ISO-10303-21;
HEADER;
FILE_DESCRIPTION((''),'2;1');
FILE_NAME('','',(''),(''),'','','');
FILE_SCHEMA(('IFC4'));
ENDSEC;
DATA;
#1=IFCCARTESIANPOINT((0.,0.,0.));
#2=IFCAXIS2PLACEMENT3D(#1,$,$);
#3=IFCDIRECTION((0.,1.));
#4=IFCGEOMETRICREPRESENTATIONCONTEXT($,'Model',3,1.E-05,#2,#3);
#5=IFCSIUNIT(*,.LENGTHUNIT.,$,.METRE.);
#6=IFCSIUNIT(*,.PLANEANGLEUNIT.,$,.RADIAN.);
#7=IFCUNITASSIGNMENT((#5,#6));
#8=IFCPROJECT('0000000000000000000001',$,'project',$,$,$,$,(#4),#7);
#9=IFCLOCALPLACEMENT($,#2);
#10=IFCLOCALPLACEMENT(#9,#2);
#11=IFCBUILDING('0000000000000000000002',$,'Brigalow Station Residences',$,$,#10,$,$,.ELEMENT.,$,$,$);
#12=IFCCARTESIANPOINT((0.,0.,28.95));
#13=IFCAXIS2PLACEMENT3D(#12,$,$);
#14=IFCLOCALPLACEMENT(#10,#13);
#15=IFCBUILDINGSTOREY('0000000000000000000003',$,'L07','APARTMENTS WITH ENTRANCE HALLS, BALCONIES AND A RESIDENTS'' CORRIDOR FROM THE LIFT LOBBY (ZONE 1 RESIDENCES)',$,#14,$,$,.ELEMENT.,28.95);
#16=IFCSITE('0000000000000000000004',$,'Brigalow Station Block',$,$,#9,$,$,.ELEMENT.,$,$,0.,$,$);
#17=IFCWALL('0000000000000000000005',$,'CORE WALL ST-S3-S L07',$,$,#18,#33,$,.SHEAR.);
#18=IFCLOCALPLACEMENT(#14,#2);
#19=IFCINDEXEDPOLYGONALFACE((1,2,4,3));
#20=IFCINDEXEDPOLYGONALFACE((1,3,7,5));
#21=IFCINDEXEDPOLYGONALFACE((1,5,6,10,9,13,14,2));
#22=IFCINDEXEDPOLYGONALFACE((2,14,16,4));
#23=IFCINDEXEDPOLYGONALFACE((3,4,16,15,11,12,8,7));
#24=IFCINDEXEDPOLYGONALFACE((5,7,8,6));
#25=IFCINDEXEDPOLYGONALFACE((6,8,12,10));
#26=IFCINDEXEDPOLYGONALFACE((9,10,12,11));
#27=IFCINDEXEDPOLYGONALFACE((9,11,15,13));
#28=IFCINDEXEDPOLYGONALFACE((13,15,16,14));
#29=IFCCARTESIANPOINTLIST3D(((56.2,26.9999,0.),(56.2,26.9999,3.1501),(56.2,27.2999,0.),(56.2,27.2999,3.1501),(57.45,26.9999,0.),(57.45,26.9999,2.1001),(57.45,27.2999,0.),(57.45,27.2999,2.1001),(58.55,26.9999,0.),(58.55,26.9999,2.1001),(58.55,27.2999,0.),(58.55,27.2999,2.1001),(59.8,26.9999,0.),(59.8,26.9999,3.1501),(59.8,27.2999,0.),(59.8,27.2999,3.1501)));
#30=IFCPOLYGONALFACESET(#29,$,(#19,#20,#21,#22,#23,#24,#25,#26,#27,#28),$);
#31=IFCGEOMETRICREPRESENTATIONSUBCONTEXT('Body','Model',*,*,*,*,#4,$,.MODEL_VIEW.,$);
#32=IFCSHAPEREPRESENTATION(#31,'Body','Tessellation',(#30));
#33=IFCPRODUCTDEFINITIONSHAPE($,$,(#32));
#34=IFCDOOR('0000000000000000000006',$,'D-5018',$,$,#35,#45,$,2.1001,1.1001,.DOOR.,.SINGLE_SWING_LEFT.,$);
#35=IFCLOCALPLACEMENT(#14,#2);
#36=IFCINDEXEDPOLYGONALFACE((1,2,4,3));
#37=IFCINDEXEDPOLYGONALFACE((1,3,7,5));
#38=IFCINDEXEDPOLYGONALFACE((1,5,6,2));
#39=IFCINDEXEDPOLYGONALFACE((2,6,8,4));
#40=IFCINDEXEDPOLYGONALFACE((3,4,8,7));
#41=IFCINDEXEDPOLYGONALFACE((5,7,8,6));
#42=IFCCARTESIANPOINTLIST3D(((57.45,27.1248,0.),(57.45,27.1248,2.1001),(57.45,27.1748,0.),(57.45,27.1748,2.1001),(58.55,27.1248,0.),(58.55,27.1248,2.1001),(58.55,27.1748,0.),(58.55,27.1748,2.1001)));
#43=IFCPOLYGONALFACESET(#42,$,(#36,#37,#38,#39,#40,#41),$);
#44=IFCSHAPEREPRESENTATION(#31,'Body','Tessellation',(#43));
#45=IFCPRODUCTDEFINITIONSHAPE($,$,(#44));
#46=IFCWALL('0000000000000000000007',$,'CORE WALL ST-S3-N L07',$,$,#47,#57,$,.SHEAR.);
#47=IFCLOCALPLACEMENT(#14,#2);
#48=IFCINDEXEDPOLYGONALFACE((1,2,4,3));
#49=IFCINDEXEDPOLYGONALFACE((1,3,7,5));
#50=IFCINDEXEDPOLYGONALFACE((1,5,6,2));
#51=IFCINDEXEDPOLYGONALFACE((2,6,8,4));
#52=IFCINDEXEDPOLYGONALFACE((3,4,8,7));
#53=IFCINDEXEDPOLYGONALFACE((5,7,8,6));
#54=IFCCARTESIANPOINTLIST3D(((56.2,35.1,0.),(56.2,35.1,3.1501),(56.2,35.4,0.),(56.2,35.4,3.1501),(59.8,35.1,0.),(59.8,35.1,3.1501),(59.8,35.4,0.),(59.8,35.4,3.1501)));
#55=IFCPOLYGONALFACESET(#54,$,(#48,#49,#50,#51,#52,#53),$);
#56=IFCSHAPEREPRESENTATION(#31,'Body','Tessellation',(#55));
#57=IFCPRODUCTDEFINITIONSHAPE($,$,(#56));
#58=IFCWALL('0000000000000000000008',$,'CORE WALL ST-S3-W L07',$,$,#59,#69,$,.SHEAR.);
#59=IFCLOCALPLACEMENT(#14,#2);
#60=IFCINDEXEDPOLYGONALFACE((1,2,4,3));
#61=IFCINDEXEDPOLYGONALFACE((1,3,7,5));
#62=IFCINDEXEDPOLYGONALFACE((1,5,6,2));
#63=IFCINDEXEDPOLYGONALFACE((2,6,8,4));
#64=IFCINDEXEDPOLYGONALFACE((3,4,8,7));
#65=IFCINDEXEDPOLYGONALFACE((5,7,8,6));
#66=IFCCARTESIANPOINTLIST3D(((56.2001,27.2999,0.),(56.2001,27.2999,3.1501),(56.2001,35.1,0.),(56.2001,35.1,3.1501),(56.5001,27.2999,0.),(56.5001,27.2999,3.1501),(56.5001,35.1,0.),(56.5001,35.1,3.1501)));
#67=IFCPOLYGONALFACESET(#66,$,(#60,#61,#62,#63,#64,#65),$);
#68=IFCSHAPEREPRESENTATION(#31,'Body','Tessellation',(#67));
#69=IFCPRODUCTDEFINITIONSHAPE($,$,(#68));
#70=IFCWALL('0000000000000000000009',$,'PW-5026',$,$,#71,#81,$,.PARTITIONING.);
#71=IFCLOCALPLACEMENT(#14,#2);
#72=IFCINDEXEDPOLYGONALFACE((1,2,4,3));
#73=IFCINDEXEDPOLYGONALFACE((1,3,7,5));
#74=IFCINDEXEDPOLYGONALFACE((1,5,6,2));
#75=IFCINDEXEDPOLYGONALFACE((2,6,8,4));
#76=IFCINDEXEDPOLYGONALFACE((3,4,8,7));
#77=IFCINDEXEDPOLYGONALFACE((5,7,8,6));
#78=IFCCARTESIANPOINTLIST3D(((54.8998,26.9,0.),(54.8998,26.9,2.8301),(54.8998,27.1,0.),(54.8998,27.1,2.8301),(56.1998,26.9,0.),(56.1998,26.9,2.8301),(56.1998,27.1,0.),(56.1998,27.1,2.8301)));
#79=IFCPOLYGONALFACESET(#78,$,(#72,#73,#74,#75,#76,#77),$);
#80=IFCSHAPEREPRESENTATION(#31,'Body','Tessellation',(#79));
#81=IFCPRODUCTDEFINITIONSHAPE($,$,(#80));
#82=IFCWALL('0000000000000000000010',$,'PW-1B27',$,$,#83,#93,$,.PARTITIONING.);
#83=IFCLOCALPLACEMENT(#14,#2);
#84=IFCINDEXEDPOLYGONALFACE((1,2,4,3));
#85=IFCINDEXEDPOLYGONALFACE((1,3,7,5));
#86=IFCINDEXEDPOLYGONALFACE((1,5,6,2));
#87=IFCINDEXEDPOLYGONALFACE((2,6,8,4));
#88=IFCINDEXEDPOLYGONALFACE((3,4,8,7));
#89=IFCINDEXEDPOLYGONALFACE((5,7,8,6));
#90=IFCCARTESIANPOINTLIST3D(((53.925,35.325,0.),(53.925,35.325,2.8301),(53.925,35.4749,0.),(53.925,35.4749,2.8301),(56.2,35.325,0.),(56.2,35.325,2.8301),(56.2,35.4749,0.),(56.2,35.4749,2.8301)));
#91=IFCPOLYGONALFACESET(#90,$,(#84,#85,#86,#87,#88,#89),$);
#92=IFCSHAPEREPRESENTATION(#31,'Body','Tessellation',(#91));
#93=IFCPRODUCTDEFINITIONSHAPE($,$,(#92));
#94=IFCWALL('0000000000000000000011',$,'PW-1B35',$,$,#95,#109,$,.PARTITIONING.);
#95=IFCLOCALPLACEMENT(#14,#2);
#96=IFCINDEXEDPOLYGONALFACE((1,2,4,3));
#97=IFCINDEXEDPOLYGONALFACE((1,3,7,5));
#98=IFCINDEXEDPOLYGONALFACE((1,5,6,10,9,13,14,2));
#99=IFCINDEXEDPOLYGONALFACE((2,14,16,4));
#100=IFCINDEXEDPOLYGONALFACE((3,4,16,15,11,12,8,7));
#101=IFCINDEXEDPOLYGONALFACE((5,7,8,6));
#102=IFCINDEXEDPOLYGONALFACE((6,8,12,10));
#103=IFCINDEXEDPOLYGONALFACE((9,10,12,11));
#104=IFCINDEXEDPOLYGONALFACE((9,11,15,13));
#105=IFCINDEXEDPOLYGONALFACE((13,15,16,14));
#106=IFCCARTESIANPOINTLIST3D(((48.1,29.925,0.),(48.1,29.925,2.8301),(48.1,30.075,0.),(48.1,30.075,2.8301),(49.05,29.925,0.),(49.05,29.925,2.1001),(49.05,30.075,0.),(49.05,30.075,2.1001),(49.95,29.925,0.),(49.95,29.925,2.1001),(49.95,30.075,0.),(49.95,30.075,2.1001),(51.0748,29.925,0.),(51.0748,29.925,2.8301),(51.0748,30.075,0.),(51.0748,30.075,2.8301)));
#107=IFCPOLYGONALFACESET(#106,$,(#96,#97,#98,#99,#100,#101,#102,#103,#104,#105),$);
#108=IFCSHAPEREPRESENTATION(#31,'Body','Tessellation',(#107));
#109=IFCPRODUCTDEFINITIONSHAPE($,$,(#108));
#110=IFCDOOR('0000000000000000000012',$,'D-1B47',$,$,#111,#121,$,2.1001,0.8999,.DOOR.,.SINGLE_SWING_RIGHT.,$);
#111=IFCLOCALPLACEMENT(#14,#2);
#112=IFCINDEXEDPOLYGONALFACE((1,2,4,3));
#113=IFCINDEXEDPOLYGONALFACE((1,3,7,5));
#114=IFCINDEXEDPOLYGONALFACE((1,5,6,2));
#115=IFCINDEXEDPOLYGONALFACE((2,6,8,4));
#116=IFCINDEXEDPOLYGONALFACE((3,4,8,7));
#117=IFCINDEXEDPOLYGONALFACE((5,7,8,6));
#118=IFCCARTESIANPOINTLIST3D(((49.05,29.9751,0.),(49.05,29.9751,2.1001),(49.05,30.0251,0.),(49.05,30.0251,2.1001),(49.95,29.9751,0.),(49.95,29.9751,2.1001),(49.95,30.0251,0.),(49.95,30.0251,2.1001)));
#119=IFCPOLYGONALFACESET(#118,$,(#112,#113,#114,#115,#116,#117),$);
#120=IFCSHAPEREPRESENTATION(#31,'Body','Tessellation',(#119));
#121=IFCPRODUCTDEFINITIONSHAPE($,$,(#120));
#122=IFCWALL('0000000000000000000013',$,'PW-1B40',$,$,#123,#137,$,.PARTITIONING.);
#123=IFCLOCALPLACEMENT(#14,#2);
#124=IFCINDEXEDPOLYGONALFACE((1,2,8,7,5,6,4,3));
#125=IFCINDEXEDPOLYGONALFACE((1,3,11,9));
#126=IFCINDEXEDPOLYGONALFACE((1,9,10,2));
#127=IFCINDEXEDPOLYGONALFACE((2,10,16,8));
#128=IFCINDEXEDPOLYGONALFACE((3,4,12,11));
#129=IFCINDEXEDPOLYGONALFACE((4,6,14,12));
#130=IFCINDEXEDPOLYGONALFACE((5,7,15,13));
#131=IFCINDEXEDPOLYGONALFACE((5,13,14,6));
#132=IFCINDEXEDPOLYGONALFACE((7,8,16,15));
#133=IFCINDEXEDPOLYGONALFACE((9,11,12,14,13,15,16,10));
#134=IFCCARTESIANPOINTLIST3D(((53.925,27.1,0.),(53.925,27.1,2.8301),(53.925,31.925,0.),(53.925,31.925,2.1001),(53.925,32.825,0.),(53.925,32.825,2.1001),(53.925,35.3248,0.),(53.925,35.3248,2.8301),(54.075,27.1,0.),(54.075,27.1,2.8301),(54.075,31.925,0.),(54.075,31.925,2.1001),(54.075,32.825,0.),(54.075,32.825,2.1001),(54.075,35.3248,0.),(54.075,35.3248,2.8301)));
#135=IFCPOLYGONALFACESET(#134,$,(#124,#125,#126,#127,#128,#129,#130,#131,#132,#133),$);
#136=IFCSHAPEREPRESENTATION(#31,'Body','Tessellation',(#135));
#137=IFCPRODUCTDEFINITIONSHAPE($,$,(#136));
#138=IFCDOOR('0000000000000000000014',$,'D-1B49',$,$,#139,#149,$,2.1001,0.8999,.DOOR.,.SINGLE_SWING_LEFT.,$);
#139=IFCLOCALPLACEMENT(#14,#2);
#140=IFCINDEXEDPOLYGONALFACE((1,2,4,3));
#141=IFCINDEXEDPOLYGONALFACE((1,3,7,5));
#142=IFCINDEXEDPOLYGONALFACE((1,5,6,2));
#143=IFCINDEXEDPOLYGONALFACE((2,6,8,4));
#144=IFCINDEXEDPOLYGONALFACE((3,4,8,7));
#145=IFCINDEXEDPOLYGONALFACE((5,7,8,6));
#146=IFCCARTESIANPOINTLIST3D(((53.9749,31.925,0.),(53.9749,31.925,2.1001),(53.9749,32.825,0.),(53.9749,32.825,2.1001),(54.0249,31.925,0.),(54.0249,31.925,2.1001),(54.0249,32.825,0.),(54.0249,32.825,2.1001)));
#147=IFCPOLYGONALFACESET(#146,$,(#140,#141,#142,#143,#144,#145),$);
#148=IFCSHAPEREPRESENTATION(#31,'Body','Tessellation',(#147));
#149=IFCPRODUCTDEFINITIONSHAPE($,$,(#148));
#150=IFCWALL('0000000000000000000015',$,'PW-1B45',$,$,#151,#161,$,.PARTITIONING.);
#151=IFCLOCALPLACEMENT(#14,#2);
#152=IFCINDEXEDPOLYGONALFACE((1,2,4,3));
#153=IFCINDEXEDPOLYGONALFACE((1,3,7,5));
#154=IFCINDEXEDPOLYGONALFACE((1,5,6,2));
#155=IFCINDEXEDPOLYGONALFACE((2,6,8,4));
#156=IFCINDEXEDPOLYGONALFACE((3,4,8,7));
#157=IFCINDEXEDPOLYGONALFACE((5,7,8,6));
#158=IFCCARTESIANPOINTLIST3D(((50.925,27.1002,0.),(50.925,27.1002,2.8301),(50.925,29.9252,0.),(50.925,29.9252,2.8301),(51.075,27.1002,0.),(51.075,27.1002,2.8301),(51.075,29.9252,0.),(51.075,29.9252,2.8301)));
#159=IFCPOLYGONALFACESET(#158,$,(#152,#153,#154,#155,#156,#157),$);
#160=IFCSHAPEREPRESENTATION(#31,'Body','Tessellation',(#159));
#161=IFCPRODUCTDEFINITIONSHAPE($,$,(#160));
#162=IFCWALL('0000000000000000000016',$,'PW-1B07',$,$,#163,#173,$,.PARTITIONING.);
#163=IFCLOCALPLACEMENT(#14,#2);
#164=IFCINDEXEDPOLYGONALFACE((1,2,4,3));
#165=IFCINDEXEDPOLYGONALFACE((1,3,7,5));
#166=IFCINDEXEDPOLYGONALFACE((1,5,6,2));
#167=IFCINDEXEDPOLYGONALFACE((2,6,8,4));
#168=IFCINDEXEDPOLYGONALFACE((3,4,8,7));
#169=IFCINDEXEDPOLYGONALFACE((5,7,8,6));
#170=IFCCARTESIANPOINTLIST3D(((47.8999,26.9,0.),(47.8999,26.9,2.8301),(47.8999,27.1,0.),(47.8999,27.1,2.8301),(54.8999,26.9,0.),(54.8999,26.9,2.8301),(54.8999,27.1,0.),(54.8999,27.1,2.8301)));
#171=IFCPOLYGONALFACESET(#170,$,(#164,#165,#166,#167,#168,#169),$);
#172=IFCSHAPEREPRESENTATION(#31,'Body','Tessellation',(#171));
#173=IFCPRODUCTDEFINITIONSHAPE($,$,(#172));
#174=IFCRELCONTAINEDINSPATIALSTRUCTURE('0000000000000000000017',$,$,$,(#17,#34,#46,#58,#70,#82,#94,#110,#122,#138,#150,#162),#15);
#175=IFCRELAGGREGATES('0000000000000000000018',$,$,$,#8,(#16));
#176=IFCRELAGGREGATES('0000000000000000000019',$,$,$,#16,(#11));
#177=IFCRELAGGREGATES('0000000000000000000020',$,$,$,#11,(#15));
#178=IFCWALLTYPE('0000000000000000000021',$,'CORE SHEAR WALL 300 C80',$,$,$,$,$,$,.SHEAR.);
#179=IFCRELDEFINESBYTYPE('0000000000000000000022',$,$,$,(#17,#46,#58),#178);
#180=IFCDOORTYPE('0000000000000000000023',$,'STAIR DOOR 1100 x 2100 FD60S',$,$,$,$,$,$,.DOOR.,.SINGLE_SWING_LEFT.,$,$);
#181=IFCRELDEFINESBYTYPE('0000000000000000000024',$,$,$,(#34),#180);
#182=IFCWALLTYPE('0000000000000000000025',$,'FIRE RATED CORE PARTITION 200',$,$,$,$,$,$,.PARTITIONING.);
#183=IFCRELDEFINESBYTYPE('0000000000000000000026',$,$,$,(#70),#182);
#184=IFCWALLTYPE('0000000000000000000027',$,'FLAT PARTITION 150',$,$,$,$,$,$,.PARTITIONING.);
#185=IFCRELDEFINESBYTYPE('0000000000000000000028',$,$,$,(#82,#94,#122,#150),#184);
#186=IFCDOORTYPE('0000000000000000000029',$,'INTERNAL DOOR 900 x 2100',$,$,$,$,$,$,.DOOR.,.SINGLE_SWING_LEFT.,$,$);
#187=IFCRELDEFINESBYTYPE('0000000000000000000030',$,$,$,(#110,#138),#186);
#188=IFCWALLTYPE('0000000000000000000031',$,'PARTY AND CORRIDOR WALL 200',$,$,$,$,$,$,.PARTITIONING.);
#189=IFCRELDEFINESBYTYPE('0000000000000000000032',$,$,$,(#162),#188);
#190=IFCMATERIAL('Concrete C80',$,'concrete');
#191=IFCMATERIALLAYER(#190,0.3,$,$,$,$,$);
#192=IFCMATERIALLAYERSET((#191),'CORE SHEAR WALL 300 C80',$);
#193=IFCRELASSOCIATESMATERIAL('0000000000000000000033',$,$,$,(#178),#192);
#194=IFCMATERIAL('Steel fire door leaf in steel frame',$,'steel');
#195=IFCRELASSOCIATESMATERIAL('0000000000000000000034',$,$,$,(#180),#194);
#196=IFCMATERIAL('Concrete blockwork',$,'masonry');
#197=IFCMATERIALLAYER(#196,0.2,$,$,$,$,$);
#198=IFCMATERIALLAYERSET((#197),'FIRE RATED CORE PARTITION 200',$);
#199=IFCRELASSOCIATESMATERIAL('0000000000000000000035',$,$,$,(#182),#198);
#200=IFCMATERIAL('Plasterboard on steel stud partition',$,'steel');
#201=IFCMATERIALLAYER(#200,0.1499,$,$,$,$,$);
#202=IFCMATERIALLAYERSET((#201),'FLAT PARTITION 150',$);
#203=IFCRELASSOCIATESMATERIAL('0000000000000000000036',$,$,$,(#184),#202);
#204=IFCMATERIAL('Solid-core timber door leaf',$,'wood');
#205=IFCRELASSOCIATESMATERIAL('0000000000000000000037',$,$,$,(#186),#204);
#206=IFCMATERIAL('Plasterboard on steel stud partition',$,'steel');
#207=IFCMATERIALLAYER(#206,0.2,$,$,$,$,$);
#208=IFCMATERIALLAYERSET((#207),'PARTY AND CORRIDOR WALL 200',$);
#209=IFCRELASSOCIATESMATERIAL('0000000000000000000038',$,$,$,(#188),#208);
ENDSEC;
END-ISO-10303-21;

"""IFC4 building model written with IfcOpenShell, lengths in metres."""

from ifc_helpers import new_model, si_unit, direction, frame, frame_2d, origin, place, context, subcontext, project, spatial, rectangle, extrude, material, layer, layer_set, type_object, element, fill, save


model = new_model("IFC4")

# Units and contexts
model_context = context("Model", 3, precision=1e-05, world=origin(), true_north=direction((0.0, 1.0)))
body_context = subcontext(model_context, "Body", "Model", "MODEL_VIEW")
ifc_project = project(units=[si_unit("LENGTHUNIT", "METRE"), si_unit("PLANEANGLEUNIT", "RADIAN")], contexts=[model_context])

# Site, building, storey
site_placement = place(None, origin())
site = spatial("IfcSite", under=ifc_project, at=site_placement, Name="Brigalow Station Block", CompositionType="ELEMENT", RefElevation=0.0)
building_placement = place(site_placement, origin())
building = spatial("IfcBuilding", under=site, at=building_placement, Name="Brigalow Station Residences", CompositionType="ELEMENT")
storey_placement = place(building_placement, frame((0.0, 0.0, 28.95)))
storey = spatial("IfcBuildingStorey", under=building, at=storey_placement, Name="L07", Description="APARTMENTS WITH ENTRANCE HALLS, BALCONIES AND A RESIDENTS' CORRIDOR FROM THE LIFT LOBBY (ZONE 1 RESIDENCES)", CompositionType="ELEMENT", Elevation=28.95)

# Wall, opening, door
ifc_material_1 = material(Name="Concrete C80", Category="concrete")
ifc_layer_1 = layer(ifc_material_1, 0.3)
ifc_layer_set_1 = layer_set([ifc_layer_1], Name="CORE SHEAR WALL 300 C80")
wall_type_1 = type_object("IfcWallType", Name="CORE SHEAR WALL 300 C80", PredefinedType="SHEAR", material=ifc_layer_set_1)
wall_1_placement = place(storey_placement, frame((56.2, 27.1499, 0.0), z_axis=(0.0, 0.0, 1.0), x_axis=(1.0, 0.0, 0.0)))
wall_1 = element("IfcWall", 1, at=wall_1_placement, inside=storey, type_object=wall_type_1, Name="CORE WALL ST-S3-S L07", PredefinedType="SHEAR", context=body_context, shape_type="SweptSolid", body=[
    extrude(rectangle(XDim=3.6001, YDim=0.3, at=frame_2d((1.8, 0.0))), origin(), (0.0, 0.0, 1.0), 3.1501),
])
opening_1_placement = place(wall_1_placement, frame((1.25, 0.0, 0.0)))
opening_1 = element("IfcOpeningElement", 2, at=opening_1_placement, cuts=wall_1, PredefinedType="OPENING", context=body_context, shape_type="SweptSolid", body=[
    extrude(rectangle(XDim=1.1001, YDim=2.1001, at=frame_2d((0.55, 1.05))), frame((0.0, 0.1602, 0.0), z_axis=(0.0, -1.0, 0.0), x_axis=(1.0, 0.0, 0.0)), (0.0, 0.0, 1.0), 0.3201),
])
ifc_material_2 = material(Name="Steel fire door leaf in steel frame", Category="steel")
door_type_1 = type_object("IfcDoorType", Name="STAIR DOOR 1100 x 2100 FD60S", OperationType="SINGLE_SWING_LEFT", PredefinedType="DOOR", material=ifc_material_2)
door_1_placement = place(opening_1_placement, origin())
door_1 = element("IfcDoor", 3, at=door_1_placement, inside=storey, type_object=door_type_1, Name="D-5018", OperationType="SINGLE_SWING_LEFT", OverallHeight=2.1001, OverallWidth=1.1001, PredefinedType="DOOR", context=body_context, shape_type="SweptSolid", body=[
    extrude(rectangle(XDim=1.1001, YDim=2.1001, at=frame_2d((0.55, 1.05))), frame((0.0, 0.0249, 0.0), z_axis=(0.0, -1.0, 0.0), x_axis=(1.0, 0.0, 0.0)), (0.0, 0.0, 1.0), 0.05),
])
fill(opening_1, door_1)

# Walls
wall_2_placement = place(storey_placement, frame((56.2, 35.25, 0.0), z_axis=(0.0, 0.0, 1.0), x_axis=(1.0, 0.0, 0.0)))
element("IfcWall", 4, at=wall_2_placement, inside=storey, type_object=wall_type_1, Name="CORE WALL ST-S3-N L07", PredefinedType="SHEAR", context=body_context, shape_type="SweptSolid", body=[
    extrude(rectangle(XDim=3.6001, YDim=0.3, at=frame_2d((1.8, 0.0))), origin(), (0.0, 0.0, 1.0), 3.1501),
])
wall_3_placement = place(storey_placement, frame((56.3501, 27.3, 0.0), z_axis=(0.0, 0.0, 1.0), x_axis=(0.0, 1.0, 0.0)))
element("IfcWall", 5, at=wall_3_placement, inside=storey, type_object=wall_type_1, Name="CORE WALL ST-S3-W L07", PredefinedType="SHEAR", context=body_context, shape_type="SweptSolid", body=[
    extrude(rectangle(XDim=7.8, YDim=0.3, at=frame_2d((3.8999, 0.0))), origin(), (0.0, 0.0, 1.0), 3.1501),
])
ifc_material_3 = material(Name="Concrete blockwork", Category="masonry")
ifc_layer_2 = layer(ifc_material_3, 0.2)
ifc_layer_set_2 = layer_set([ifc_layer_2], Name="FIRE RATED CORE PARTITION 200")
wall_type_2 = type_object("IfcWallType", Name="FIRE RATED CORE PARTITION 200", PredefinedType="PARTITIONING", material=ifc_layer_set_2)
wall_4_placement = place(storey_placement, frame((54.8999, 27.0, 0.0), z_axis=(0.0, 0.0, 1.0), x_axis=(1.0, 0.0, 0.0)))
element("IfcWall", 6, at=wall_4_placement, inside=storey, type_object=wall_type_2, Name="PW-5026", PredefinedType="PARTITIONING", context=body_context, shape_type="SweptSolid", body=[
    extrude(rectangle(XDim=1.3, YDim=0.2, at=frame_2d((0.6499, 0.0))), origin(), (0.0, 0.0, 1.0), 2.8301),
])
ifc_material_4 = material(Name="Plasterboard on steel stud partition", Category="steel")
ifc_layer_3 = layer(ifc_material_4, 0.1499)
ifc_layer_set_3 = layer_set([ifc_layer_3], Name="FLAT PARTITION 150")
wall_type_3 = type_object("IfcWallType", Name="FLAT PARTITION 150", PredefinedType="PARTITIONING", material=ifc_layer_set_3)
wall_5_placement = place(storey_placement, frame((53.925, 35.3999, 0.0), z_axis=(0.0, 0.0, 1.0), x_axis=(1.0, 0.0, 0.0)))
element("IfcWall", 7, at=wall_5_placement, inside=storey, type_object=wall_type_3, Name="PW-1B27", PredefinedType="PARTITIONING", context=body_context, shape_type="SweptSolid", body=[
    extrude(rectangle(XDim=2.2749, YDim=0.1499, at=frame_2d((1.1375, 0.0))), origin(), (0.0, 0.0, 1.0), 2.8301),
])

# Walls, openings, doors
wall_6_placement = place(storey_placement, frame((48.1001, 30.0, 0.0), z_axis=(0.0, 0.0, 1.0), x_axis=(1.0, 0.0, 0.0)))
wall_6 = element("IfcWall", 8, at=wall_6_placement, inside=storey, type_object=wall_type_3, Name="PW-1B35", PredefinedType="PARTITIONING", context=body_context, shape_type="SweptSolid", body=[
    extrude(rectangle(XDim=2.9749, YDim=0.1499, at=frame_2d((1.4873, 0.0))), origin(), (0.0, 0.0, 1.0), 2.8301),
])
opening_2_placement = place(wall_6_placement, frame((0.95, 0.0, 0.0)))
opening_2 = element("IfcOpeningElement", 9, at=opening_2_placement, cuts=wall_6, PredefinedType="OPENING", context=body_context, shape_type="SweptSolid", body=[
    extrude(rectangle(XDim=0.8999, YDim=2.1001, at=frame_2d((0.45, 1.05))), frame((0.0, 0.085, 0.0), z_axis=(0.0, -1.0, 0.0), x_axis=(1.0, 0.0, 0.0)), (0.0, 0.0, 1.0), 0.1699),
])
ifc_material_5 = material(Name="Solid-core timber door leaf", Category="wood")
door_type_2 = type_object("IfcDoorType", Name="INTERNAL DOOR 900 x 2100", OperationType="SINGLE_SWING_LEFT", PredefinedType="DOOR", material=ifc_material_5)
door_2_placement = place(opening_2_placement, frame((0.8999, 0.0, 0.0), z_axis=(0.0, 0.0, 1.0), x_axis=(-1.0, 0.0, 0.0)))
door_2 = element("IfcDoor", 10, at=door_2_placement, inside=storey, type_object=door_type_2, Name="D-1B47", OperationType="SINGLE_SWING_RIGHT", OverallHeight=2.1001, OverallWidth=0.8999, PredefinedType="DOOR", context=body_context, shape_type="SweptSolid", body=[
    extrude(rectangle(XDim=0.8999, YDim=2.1001, at=frame_2d((0.45, 1.05))), frame((0.0, 0.0249, 0.0), z_axis=(0.0, -1.0, 0.0), x_axis=(1.0, 0.0, 0.0)), (0.0, 0.0, 1.0), 0.05),
])
fill(opening_2, door_2)
wall_7_placement = place(storey_placement, frame((54.0, 27.1001, 0.0), z_axis=(0.0, 0.0, 1.0), x_axis=(0.0, 1.0, 0.0)))
wall_7 = element("IfcWall", 11, at=wall_7_placement, inside=storey, type_object=wall_type_3, Name="PW-1B40", PredefinedType="PARTITIONING", context=body_context, shape_type="SweptSolid", body=[
    extrude(rectangle(XDim=8.2249, YDim=0.1499, at=frame_2d((4.1123, 0.0))), origin(), (0.0, 0.0, 1.0), 2.8301),
])
opening_3_placement = place(wall_7_placement, frame((4.825, 0.0, 0.0)))
opening_3 = element("IfcOpeningElement", 12, at=opening_3_placement, cuts=wall_7, PredefinedType="OPENING", context=body_context, shape_type="SweptSolid", body=[
    extrude(rectangle(XDim=0.8999, YDim=2.1001, at=frame_2d((0.45, 1.05))), frame((0.0, 0.085, 0.0), z_axis=(0.0, -1.0, 0.0), x_axis=(1.0, 0.0, 0.0)), (0.0, 0.0, 1.0), 0.1699),
])
door_3_placement = place(opening_3_placement, frame((0.8999, 0.0, 0.0), z_axis=(0.0, 0.0, 1.0), x_axis=(-1.0, 0.0, 0.0)))
door_3 = element("IfcDoor", 13, at=door_3_placement, inside=storey, type_object=door_type_2, Name="D-1B49", OperationType="SINGLE_SWING_LEFT", OverallHeight=2.1001, OverallWidth=0.8999, PredefinedType="DOOR", context=body_context, shape_type="SweptSolid", body=[
    extrude(rectangle(XDim=0.8999, YDim=2.1001, at=frame_2d((0.45, 1.05))), frame((0.0, 0.0249, 0.0), z_axis=(0.0, -1.0, 0.0), x_axis=(1.0, 0.0, 0.0)), (0.0, 0.0, 1.0), 0.05),
])
fill(opening_3, door_3)

# Walls
wall_8_placement = place(storey_placement, frame((51.0, 27.1001, 0.0), z_axis=(0.0, 0.0, 1.0), x_axis=(0.0, 1.0, 0.0)))
element("IfcWall", 14, at=wall_8_placement, inside=storey, type_object=wall_type_3, Name="PW-1B45", PredefinedType="PARTITIONING", context=body_context, shape_type="SweptSolid", body=[
    extrude(rectangle(XDim=2.825, YDim=0.1499, at=frame_2d((1.4126, 0.0))), origin(), (0.0, 0.0, 1.0), 2.8301),
])
ifc_material_6 = material(Name="Plasterboard on steel stud partition", Category="steel")
ifc_layer_4 = layer(ifc_material_6, 0.2)
ifc_layer_set_4 = layer_set([ifc_layer_4], Name="PARTY AND CORRIDOR WALL 200")
wall_type_4 = type_object("IfcWallType", Name="PARTY AND CORRIDOR WALL 200", PredefinedType="PARTITIONING", material=ifc_layer_set_4)
wall_9_placement = place(storey_placement, frame((47.8999, 27.0, 0.0), z_axis=(0.0, 0.0, 1.0), x_axis=(1.0, 0.0, 0.0)))
element("IfcWall", 15, at=wall_9_placement, inside=storey, type_object=wall_type_4, Name="PW-1B07", PredefinedType="PARTITIONING", context=body_context, shape_type="SweptSolid", body=[
    extrude(rectangle(XDim=7.0, YDim=0.2, at=frame_2d((3.5, 0.0))), origin(), (0.0, 0.0, 1.0), 2.8301),
])

save(model, "model.ifc")
